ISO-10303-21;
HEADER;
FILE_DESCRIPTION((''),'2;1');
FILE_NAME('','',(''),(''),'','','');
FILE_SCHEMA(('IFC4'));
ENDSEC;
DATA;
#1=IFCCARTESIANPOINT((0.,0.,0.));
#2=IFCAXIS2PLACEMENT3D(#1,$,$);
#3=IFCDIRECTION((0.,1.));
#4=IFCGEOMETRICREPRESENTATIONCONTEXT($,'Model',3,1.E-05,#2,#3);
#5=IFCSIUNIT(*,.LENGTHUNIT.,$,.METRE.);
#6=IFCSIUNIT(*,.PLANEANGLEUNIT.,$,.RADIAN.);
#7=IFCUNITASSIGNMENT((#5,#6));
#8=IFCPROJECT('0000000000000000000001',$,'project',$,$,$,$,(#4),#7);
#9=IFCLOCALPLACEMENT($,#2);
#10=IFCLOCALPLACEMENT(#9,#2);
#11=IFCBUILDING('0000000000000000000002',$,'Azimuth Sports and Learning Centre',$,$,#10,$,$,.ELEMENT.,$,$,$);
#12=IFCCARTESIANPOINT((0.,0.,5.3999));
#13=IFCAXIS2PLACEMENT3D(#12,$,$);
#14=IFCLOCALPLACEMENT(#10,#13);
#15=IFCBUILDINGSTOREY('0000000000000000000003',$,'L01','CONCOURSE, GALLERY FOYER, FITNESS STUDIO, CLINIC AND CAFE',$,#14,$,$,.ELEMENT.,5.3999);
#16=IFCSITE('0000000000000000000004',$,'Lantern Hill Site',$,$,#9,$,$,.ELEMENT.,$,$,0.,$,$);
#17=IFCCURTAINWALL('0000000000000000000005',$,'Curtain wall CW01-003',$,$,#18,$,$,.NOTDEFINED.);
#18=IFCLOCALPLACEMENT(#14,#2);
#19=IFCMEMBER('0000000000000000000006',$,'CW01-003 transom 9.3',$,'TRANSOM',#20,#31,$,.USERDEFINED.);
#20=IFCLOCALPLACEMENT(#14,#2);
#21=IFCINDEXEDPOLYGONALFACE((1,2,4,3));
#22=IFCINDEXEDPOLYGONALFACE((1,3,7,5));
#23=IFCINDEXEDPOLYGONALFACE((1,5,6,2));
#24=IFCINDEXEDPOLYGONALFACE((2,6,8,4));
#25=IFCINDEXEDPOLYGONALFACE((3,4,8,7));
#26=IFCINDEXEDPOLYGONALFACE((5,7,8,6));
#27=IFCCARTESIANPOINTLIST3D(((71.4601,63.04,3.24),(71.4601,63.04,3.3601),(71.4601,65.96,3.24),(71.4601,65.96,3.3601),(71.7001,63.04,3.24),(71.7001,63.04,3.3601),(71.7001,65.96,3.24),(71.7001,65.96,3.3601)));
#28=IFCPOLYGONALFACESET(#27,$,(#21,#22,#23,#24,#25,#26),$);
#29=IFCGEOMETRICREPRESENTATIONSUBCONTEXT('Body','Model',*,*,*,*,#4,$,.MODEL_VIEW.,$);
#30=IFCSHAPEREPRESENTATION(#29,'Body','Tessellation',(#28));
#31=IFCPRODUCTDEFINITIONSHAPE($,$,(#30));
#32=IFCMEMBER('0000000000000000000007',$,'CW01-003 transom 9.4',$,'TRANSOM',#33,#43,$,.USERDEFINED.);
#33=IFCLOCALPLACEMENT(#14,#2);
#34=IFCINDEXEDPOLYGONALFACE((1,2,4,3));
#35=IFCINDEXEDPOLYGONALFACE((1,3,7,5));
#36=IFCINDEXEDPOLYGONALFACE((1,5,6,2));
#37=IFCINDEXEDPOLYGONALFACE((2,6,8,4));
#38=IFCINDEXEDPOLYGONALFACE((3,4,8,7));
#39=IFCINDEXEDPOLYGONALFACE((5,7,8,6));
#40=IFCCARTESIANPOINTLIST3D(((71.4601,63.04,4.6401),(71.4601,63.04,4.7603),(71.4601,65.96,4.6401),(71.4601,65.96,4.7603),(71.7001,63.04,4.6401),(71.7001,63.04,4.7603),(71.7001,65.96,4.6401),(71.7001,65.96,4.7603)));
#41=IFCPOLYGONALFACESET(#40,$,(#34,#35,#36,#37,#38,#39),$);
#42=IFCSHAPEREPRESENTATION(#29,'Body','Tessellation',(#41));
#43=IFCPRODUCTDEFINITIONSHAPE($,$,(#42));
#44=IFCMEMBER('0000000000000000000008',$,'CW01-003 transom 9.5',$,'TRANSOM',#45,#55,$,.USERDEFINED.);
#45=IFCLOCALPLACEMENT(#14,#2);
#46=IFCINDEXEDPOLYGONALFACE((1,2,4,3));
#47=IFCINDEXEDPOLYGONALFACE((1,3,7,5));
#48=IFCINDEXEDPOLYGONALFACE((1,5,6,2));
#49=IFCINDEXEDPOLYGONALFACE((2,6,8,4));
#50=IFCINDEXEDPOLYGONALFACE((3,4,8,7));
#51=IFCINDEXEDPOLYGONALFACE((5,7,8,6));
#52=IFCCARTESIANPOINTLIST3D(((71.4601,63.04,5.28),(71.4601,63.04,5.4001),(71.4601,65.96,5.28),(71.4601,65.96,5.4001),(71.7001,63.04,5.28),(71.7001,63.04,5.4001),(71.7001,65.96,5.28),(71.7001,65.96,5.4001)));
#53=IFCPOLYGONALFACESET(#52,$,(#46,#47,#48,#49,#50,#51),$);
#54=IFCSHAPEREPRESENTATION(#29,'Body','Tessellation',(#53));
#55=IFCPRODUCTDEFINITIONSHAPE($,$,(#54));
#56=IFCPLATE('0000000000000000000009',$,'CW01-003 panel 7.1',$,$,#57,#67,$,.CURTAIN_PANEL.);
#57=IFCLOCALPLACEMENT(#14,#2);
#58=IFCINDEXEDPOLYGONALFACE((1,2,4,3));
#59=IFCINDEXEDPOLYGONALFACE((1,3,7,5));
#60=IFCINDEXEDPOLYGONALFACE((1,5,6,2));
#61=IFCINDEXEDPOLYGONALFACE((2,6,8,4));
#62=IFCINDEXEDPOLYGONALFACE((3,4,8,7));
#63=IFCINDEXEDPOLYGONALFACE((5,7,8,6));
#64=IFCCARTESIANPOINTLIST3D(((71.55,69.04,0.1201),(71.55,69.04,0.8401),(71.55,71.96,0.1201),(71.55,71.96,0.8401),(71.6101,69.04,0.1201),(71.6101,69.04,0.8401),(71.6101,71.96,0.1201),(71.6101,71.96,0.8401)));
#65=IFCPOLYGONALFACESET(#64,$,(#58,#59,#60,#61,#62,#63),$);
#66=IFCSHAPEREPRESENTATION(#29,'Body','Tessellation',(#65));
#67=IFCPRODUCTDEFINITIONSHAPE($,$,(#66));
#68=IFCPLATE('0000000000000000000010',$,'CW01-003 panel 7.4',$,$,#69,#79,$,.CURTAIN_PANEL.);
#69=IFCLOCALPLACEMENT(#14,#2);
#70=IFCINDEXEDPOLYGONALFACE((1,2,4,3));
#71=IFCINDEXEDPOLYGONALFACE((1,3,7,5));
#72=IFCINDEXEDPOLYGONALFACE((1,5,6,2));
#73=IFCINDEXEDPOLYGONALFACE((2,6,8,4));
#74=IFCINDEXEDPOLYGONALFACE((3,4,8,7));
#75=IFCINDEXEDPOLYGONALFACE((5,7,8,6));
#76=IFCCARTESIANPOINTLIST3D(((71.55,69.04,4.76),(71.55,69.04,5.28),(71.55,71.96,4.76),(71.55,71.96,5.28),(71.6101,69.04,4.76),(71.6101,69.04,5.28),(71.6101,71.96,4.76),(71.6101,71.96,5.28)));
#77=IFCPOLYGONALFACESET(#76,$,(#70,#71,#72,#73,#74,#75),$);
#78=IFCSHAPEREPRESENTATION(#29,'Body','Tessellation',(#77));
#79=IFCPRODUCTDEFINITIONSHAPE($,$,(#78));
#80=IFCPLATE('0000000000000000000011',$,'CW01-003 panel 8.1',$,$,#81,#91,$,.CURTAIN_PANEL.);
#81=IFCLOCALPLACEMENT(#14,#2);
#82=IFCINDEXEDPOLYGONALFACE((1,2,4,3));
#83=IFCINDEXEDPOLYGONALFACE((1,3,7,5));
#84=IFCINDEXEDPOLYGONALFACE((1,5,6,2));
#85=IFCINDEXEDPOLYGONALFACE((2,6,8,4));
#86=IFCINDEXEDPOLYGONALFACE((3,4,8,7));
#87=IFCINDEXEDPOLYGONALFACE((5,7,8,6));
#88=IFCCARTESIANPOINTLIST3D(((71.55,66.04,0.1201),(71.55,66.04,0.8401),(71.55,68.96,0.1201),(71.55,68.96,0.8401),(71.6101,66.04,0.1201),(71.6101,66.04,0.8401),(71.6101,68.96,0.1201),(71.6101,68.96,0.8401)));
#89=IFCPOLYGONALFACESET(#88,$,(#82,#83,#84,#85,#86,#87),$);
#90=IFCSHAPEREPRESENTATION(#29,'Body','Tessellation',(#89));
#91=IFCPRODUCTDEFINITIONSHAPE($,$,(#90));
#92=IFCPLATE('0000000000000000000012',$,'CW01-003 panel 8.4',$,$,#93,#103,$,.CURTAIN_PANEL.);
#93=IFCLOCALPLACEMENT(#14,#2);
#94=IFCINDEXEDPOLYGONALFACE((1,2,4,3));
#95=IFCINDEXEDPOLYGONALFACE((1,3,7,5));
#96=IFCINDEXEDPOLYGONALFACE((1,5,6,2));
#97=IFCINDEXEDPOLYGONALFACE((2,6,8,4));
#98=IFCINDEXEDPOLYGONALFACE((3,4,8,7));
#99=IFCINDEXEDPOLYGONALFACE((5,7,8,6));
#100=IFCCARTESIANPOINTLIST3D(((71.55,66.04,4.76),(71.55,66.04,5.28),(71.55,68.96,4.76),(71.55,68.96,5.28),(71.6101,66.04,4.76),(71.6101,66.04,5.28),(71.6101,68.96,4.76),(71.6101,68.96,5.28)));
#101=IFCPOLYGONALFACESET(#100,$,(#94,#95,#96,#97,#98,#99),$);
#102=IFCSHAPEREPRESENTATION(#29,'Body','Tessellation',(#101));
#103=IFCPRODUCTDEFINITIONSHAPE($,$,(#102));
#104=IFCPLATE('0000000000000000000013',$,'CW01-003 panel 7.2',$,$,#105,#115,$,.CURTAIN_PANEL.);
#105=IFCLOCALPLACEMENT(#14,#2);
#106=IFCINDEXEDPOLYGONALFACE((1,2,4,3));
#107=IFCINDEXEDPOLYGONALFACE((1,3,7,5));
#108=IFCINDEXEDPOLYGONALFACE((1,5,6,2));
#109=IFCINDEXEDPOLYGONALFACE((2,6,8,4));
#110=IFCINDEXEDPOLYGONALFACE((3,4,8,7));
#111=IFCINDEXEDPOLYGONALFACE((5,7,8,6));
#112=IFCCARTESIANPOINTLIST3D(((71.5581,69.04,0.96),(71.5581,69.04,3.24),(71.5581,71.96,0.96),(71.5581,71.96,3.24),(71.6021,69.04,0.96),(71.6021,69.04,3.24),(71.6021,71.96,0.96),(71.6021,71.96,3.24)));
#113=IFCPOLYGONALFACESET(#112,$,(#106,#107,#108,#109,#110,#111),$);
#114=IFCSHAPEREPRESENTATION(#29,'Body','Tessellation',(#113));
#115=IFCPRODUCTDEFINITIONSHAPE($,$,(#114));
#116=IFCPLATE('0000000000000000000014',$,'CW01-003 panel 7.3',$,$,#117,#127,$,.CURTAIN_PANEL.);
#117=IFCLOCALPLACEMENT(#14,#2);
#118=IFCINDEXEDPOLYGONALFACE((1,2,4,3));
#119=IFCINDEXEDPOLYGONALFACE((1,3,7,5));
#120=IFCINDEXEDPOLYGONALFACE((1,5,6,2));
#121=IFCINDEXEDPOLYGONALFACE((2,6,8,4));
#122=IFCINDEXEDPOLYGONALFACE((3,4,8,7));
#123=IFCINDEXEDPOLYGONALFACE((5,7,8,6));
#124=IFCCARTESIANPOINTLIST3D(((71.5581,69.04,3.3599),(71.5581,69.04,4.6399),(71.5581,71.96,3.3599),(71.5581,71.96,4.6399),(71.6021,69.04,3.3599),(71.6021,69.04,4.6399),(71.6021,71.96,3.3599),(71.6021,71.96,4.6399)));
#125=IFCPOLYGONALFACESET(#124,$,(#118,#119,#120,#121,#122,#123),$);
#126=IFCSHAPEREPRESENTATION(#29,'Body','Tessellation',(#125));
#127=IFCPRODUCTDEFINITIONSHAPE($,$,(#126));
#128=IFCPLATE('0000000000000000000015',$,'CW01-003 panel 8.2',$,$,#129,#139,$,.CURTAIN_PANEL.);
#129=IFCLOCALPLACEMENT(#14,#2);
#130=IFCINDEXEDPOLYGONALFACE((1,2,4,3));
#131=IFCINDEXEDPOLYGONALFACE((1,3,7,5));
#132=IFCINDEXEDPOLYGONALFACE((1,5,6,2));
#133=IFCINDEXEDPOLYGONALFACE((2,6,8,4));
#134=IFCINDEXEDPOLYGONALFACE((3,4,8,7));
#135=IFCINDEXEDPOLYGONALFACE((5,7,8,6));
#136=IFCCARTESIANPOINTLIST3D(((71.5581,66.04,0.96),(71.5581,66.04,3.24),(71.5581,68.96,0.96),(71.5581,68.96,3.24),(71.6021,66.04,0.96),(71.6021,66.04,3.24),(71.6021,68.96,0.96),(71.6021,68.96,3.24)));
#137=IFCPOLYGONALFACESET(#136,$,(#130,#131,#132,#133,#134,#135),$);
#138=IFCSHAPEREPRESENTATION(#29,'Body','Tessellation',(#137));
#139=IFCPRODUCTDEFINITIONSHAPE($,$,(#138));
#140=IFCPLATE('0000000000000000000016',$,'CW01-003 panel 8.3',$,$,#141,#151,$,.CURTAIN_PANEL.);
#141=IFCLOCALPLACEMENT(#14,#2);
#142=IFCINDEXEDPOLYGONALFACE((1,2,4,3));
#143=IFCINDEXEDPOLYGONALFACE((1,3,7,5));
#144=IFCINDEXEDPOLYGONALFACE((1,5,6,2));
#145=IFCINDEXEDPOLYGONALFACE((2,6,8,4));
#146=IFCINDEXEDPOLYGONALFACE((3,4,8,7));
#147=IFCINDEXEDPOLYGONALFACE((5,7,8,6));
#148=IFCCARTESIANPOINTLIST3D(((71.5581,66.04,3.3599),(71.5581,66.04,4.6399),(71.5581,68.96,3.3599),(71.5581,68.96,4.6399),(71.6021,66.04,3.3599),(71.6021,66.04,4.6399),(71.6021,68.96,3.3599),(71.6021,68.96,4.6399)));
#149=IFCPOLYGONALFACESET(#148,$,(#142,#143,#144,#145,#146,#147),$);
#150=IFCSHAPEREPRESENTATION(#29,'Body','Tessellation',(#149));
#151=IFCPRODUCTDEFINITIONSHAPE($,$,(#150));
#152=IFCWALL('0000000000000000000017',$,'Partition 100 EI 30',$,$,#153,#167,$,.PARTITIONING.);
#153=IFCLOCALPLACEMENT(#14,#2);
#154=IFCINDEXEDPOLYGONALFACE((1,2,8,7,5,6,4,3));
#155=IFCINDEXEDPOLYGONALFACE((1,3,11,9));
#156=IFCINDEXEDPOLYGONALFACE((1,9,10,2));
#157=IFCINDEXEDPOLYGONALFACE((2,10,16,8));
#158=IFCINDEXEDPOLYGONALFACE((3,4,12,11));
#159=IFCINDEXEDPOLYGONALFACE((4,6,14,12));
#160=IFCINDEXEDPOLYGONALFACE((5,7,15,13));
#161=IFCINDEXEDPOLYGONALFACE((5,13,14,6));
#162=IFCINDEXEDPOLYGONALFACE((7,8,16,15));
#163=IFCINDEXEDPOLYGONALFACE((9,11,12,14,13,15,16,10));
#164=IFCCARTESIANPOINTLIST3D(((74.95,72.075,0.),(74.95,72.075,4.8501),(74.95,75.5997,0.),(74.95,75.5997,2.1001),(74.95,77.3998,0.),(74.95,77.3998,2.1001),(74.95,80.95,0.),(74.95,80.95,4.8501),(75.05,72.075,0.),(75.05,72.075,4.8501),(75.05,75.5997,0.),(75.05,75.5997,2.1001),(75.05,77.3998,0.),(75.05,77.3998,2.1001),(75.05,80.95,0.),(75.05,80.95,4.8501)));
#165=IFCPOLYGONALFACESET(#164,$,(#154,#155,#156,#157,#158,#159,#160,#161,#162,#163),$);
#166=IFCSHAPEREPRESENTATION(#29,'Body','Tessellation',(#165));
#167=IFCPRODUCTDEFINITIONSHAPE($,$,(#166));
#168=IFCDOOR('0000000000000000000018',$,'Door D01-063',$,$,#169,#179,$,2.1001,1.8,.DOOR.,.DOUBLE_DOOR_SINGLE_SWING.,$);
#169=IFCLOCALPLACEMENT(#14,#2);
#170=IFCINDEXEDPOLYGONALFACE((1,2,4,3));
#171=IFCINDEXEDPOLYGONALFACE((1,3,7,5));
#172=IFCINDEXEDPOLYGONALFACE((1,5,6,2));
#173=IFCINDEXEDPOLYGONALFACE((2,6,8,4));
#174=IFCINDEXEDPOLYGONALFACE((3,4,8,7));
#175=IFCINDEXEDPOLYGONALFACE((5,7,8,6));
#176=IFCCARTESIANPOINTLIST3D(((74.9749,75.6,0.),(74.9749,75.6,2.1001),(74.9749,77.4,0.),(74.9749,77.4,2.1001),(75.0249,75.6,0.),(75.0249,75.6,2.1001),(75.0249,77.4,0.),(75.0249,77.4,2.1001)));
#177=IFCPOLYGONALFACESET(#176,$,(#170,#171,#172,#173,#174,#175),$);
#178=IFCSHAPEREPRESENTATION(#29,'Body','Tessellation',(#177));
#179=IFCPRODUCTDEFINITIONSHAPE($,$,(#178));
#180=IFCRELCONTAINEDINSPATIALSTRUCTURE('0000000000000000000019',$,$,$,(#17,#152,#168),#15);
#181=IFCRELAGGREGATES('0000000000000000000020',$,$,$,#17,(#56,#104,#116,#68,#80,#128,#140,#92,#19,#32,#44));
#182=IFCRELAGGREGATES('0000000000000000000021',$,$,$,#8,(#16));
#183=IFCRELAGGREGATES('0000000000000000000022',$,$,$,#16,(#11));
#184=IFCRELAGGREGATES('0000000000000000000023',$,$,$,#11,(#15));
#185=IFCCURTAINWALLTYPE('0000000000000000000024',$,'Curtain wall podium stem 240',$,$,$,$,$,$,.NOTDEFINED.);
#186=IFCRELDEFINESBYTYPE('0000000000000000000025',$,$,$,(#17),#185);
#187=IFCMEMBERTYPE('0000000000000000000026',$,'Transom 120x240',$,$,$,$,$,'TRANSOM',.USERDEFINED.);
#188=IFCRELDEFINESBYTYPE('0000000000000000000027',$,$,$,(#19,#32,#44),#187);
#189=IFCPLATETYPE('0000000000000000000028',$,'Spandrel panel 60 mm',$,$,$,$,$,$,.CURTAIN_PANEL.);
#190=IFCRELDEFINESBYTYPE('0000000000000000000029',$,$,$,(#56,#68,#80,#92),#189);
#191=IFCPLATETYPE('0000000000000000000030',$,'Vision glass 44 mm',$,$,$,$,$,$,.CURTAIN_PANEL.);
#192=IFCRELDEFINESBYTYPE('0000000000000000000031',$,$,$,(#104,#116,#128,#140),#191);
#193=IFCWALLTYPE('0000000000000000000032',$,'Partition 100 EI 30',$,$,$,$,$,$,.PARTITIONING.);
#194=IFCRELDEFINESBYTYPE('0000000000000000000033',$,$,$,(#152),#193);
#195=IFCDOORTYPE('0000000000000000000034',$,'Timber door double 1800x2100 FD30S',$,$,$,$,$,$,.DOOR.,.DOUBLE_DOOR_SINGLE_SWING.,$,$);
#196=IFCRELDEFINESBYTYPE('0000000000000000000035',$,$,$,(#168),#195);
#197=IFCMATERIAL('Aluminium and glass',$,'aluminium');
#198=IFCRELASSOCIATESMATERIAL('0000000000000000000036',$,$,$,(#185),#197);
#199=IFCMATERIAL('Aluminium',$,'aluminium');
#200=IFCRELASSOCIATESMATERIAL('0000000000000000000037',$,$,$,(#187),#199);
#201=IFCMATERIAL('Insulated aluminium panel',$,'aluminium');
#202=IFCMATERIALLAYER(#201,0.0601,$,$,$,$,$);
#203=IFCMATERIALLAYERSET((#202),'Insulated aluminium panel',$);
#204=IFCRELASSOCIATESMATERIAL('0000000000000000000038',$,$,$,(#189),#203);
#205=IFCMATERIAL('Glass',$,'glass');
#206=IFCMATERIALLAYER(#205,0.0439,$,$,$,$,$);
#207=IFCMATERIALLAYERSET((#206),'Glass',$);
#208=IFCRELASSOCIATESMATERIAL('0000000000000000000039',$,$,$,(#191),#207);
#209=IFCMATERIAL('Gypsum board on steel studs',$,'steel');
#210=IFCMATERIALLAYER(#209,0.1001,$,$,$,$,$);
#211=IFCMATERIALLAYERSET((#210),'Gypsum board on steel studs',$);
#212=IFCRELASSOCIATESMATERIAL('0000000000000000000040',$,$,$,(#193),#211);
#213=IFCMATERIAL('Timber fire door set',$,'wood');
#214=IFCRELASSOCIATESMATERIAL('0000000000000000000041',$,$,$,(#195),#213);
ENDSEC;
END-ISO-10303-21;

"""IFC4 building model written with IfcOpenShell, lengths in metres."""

from ifc_helpers import new_model, si_unit, direction, frame, frame_2d, origin, origin_2d, place, context, subcontext, project, spatial, rectangle, extrude, material, layer, layer_set, material_profile, profile_set, type_object, element, fill, aggregate, save


model = new_model("IFC4")

# Units and contexts
model_context = context("Model", 3, precision=1e-05, world=origin(), true_north=direction((0.0, 1.0)))
body_context = subcontext(model_context, "Body", "Model", "MODEL_VIEW")
ifc_project = project(units=[si_unit("LENGTHUNIT", "METRE"), si_unit("PLANEANGLEUNIT", "RADIAN")], contexts=[model_context])

# Site, building, storey
site_placement = place(None, origin())
site = spatial("IfcSite", under=ifc_project, at=site_placement, Name="Lantern Hill Site", CompositionType="ELEMENT", RefElevation=0.0)
building_placement = place(site_placement, origin())
building = spatial("IfcBuilding", under=site, at=building_placement, Name="Azimuth Sports and Learning Centre", CompositionType="ELEMENT")
storey_placement = place(building_placement, frame((0.0, 0.0, 5.3999)))
storey = spatial("IfcBuildingStorey", under=building, at=storey_placement, Name="L01", Description="CONCOURSE, GALLERY FOYER, FITNESS STUDIO, CLINIC AND CAFE", CompositionType="ELEMENT", Elevation=5.3999)

# Curtain wall, members, plates
ifc_material_1 = material(Name="Aluminium and glass", Category="aluminium")
curtain_wall_type = type_object("IfcCurtainWallType", Name="Curtain wall podium stem 240", PredefinedType="NOTDEFINED", material=ifc_material_1)
curtain_wall_placement = place(storey_placement, origin())
curtain_wall = element("IfcCurtainWall", 1, at=curtain_wall_placement, inside=storey, type_object=curtain_wall_type, Name="Curtain wall CW01-003", PredefinedType="NOTDEFINED")
ifc_material_2 = material(Name="Aluminium", Category="aluminium")
ifc_material_profile_1 = material_profile(ifc_material_2, rectangle(XDim=0.24, YDim=0.1201, at=origin_2d()), Name="Transom 120x240")
ifc_profile_set_1 = profile_set([ifc_material_profile_1], Name="Aluminium")
member_type_1 = type_object("IfcMemberType", Name="Transom 120x240", ElementType="TRANSOM", PredefinedType="USERDEFINED", material=ifc_profile_set_1)
member_1_placement = place(storey_placement, frame((71.5801, 65.96, 3.3), z_axis=(0.0, -1.0, 0.0), x_axis=(1.0, 0.0, 0.0)))
member_1 = element("IfcMember", 2, at=member_1_placement, type_object=member_type_1, Name="CW01-003 transom 9.3", ObjectType="TRANSOM", PredefinedType="USERDEFINED", context=body_context, shape_type="SweptSolid", body=[
    extrude(rectangle(XDim=0.24, YDim=0.1201, at=origin_2d()), origin(), (0.0, 0.0, 1.0), 2.9199),
])
member_2_placement = place(storey_placement, frame((71.5801, 65.96, 4.7002), z_axis=(0.0, -1.0, 0.0), x_axis=(1.0, 0.0, 0.0)))
member_2 = element("IfcMember", 3, at=member_2_placement, type_object=member_type_1, Name="CW01-003 transom 9.4", ObjectType="TRANSOM", PredefinedType="USERDEFINED", context=body_context, shape_type="SweptSolid", body=[
    extrude(rectangle(XDim=0.24, YDim=0.1201, at=origin_2d()), origin(), (0.0, 0.0, 1.0), 2.9199),
])
member_3_placement = place(storey_placement, frame((71.5801, 65.96, 5.3401), z_axis=(0.0, -1.0, 0.0), x_axis=(1.0, 0.0, 0.0)))
member_3 = element("IfcMember", 4, at=member_3_placement, type_object=member_type_1, Name="CW01-003 transom 9.5", ObjectType="TRANSOM", PredefinedType="USERDEFINED", context=body_context, shape_type="SweptSolid", body=[
    extrude(rectangle(XDim=0.24, YDim=0.1201, at=origin_2d()), origin(), (0.0, 0.0, 1.0), 2.9199),
])
ifc_material_3 = material(Name="Insulated aluminium panel", Category="aluminium")
ifc_layer_1 = layer(ifc_material_3, 0.0601)
ifc_layer_set_1 = layer_set([ifc_layer_1], Name="Insulated aluminium panel")
plate_type_1 = type_object("IfcPlateType", Name="Spandrel panel 60 mm", PredefinedType="CURTAIN_PANEL", material=ifc_layer_set_1)
plate_1_placement = place(storey_placement, frame((71.5801, 70.5, 0.1201), z_axis=(0.0, 0.0, 1.0), x_axis=(0.0, -1.0, 0.0)))
plate_1 = element("IfcPlate", 5, at=plate_1_placement, type_object=plate_type_1, Name="CW01-003 panel 7.1", PredefinedType="CURTAIN_PANEL", context=body_context, shape_type="SweptSolid", body=[
    extrude(rectangle(XDim=2.9199, YDim=0.0601, at=origin_2d()), origin(), (0.0, 0.0, 1.0), 0.72),
])
plate_2_placement = place(storey_placement, frame((71.5801, 70.5, 4.76), z_axis=(0.0, 0.0, 1.0), x_axis=(0.0, -1.0, 0.0)))
plate_2 = element("IfcPlate", 6, at=plate_2_placement, type_object=plate_type_1, Name="CW01-003 panel 7.4", PredefinedType="CURTAIN_PANEL", context=body_context, shape_type="SweptSolid", body=[
    extrude(rectangle(XDim=2.9199, YDim=0.0601, at=origin_2d()), origin(), (0.0, 0.0, 1.0), 0.52),
])
plate_3_placement = place(storey_placement, frame((71.5801, 67.5, 0.1201), z_axis=(0.0, 0.0, 1.0), x_axis=(0.0, -1.0, 0.0)))
plate_3 = element("IfcPlate", 7, at=plate_3_placement, type_object=plate_type_1, Name="CW01-003 panel 8.1", PredefinedType="CURTAIN_PANEL", context=body_context, shape_type="SweptSolid", body=[
    extrude(rectangle(XDim=2.9199, YDim=0.0601, at=origin_2d()), origin(), (0.0, 0.0, 1.0), 0.72),
])
plate_4_placement = place(storey_placement, frame((71.5801, 67.5, 4.76), z_axis=(0.0, 0.0, 1.0), x_axis=(0.0, -1.0, 0.0)))
plate_4 = element("IfcPlate", 8, at=plate_4_placement, type_object=plate_type_1, Name="CW01-003 panel 8.4", PredefinedType="CURTAIN_PANEL", context=body_context, shape_type="SweptSolid", body=[
    extrude(rectangle(XDim=2.9199, YDim=0.0601, at=origin_2d()), origin(), (0.0, 0.0, 1.0), 0.52),
])
ifc_material_4 = material(Name="Glass", Category="glass")
ifc_layer_2 = layer(ifc_material_4, 0.0439)
ifc_layer_set_2 = layer_set([ifc_layer_2], Name="Glass")
plate_type_2 = type_object("IfcPlateType", Name="Vision glass 44 mm", PredefinedType="CURTAIN_PANEL", material=ifc_layer_set_2)
plate_5_placement = place(storey_placement, frame((71.5801, 70.5, 0.96), z_axis=(0.0, 0.0, 1.0), x_axis=(0.0, -1.0, 0.0)))
plate_5 = element("IfcPlate", 9, at=plate_5_placement, type_object=plate_type_2, Name="CW01-003 panel 7.2", PredefinedType="CURTAIN_PANEL", context=body_context, shape_type="SweptSolid", body=[
    extrude(rectangle(XDim=2.9199, YDim=0.0439, at=origin_2d()), origin(), (0.0, 0.0, 1.0), 2.28),
])
plate_6_placement = place(storey_placement, frame((71.5801, 70.5, 3.3599), z_axis=(0.0, 0.0, 1.0), x_axis=(0.0, -1.0, 0.0)))
plate_6 = element("IfcPlate", 10, at=plate_6_placement, type_object=plate_type_2, Name="CW01-003 panel 7.3", PredefinedType="CURTAIN_PANEL", context=body_context, shape_type="SweptSolid", body=[
    extrude(rectangle(XDim=2.9199, YDim=0.0439, at=origin_2d()), origin(), (0.0, 0.0, 1.0), 1.28),
])
plate_7_placement = place(storey_placement, frame((71.5801, 67.5, 0.96), z_axis=(0.0, 0.0, 1.0), x_axis=(0.0, -1.0, 0.0)))
plate_7 = element("IfcPlate", 11, at=plate_7_placement, type_object=plate_type_2, Name="CW01-003 panel 8.2", PredefinedType="CURTAIN_PANEL", context=body_context, shape_type="SweptSolid", body=[
    extrude(rectangle(XDim=2.9199, YDim=0.0439, at=origin_2d()), origin(), (0.0, 0.0, 1.0), 2.28),
])
plate_8_placement = place(storey_placement, frame((71.5801, 67.5, 3.3599), z_axis=(0.0, 0.0, 1.0), x_axis=(0.0, -1.0, 0.0)))
plate_8 = element("IfcPlate", 12, at=plate_8_placement, type_object=plate_type_2, Name="CW01-003 panel 8.3", PredefinedType="CURTAIN_PANEL", context=body_context, shape_type="SweptSolid", body=[
    extrude(rectangle(XDim=2.9199, YDim=0.0439, at=origin_2d()), origin(), (0.0, 0.0, 1.0), 1.28),
])
aggregate(curtain_wall, [plate_1, plate_5, plate_6, plate_2, plate_3, plate_7, plate_8, plate_4, member_1, member_2, member_3])

# Wall, opening, door
ifc_material_5 = material(Name="Gypsum board on steel studs", Category="steel")
ifc_layer_3 = layer(ifc_material_5, 0.1001)
ifc_layer_set_3 = layer_set([ifc_layer_3], Name="Gypsum board on steel studs")
wall_type_1 = type_object("IfcWallType", Name="Partition 100 EI 30", PredefinedType="PARTITIONING", material=ifc_layer_set_3)
wall_1_placement = place(storey_placement, frame((75.0, 72.075, 0.0), z_axis=(0.0, 0.0, 1.0), x_axis=(0.0, 1.0, 0.0)))
wall_1 = element("IfcWall", 13, at=wall_1_placement, inside=storey, type_object=wall_type_1, Name="Partition 100 EI 30", PredefinedType="PARTITIONING", context=body_context, shape_type="SweptSolid", body=[
    extrude(rectangle(XDim=8.875, YDim=0.1001, at=frame_2d((4.4375, 0.0))), origin(), (0.0, 0.0, 1.0), 4.8501),
])
opening_placement = place(wall_1_placement, frame((3.5249, 0.0, 0.0)))
opening = element("IfcOpeningElement", 14, at=opening_placement, cuts=wall_1, PredefinedType="OPENING", context=body_context, shape_type="SweptSolid", body=[
    extrude(rectangle(XDim=1.8, YDim=2.1001, at=frame_2d((0.8999, 1.05))), frame((0.0, 0.061, 0.0), z_axis=(0.0, -1.0, 0.0), x_axis=(1.0, 0.0, 0.0)), (0.0, 0.0, 1.0), 0.1221),
])
ifc_material_6 = material(Name="Timber fire door set", Category="wood")
door_type = type_object("IfcDoorType", Name="Timber door double 1800x2100 FD30S", OperationType="DOUBLE_DOOR_SINGLE_SWING", PredefinedType="DOOR", material=ifc_material_6)
door_placement = place(opening_placement, frame((1.8, 0.0, 0.0), z_axis=(0.0, 0.0, 1.0), x_axis=(-1.0, 0.0, 0.0)))
door = element("IfcDoor", 15, at=door_placement, inside=storey, type_object=door_type, Name="Door D01-063", OperationType="DOUBLE_DOOR_SINGLE_SWING", OverallHeight=2.1001, OverallWidth=1.8, PredefinedType="DOOR", context=body_context, shape_type="SweptSolid", body=[
    extrude(rectangle(XDim=1.8, YDim=2.1001, at=frame_2d((0.8999, 1.05))), frame((0.0, 0.0249, 0.0), z_axis=(0.0, -1.0, 0.0), x_axis=(1.0, 0.0, 0.0)), (0.0, 0.0, 1.0), 0.05),
])
fill(opening, door)

save(model, "model.ifc")
